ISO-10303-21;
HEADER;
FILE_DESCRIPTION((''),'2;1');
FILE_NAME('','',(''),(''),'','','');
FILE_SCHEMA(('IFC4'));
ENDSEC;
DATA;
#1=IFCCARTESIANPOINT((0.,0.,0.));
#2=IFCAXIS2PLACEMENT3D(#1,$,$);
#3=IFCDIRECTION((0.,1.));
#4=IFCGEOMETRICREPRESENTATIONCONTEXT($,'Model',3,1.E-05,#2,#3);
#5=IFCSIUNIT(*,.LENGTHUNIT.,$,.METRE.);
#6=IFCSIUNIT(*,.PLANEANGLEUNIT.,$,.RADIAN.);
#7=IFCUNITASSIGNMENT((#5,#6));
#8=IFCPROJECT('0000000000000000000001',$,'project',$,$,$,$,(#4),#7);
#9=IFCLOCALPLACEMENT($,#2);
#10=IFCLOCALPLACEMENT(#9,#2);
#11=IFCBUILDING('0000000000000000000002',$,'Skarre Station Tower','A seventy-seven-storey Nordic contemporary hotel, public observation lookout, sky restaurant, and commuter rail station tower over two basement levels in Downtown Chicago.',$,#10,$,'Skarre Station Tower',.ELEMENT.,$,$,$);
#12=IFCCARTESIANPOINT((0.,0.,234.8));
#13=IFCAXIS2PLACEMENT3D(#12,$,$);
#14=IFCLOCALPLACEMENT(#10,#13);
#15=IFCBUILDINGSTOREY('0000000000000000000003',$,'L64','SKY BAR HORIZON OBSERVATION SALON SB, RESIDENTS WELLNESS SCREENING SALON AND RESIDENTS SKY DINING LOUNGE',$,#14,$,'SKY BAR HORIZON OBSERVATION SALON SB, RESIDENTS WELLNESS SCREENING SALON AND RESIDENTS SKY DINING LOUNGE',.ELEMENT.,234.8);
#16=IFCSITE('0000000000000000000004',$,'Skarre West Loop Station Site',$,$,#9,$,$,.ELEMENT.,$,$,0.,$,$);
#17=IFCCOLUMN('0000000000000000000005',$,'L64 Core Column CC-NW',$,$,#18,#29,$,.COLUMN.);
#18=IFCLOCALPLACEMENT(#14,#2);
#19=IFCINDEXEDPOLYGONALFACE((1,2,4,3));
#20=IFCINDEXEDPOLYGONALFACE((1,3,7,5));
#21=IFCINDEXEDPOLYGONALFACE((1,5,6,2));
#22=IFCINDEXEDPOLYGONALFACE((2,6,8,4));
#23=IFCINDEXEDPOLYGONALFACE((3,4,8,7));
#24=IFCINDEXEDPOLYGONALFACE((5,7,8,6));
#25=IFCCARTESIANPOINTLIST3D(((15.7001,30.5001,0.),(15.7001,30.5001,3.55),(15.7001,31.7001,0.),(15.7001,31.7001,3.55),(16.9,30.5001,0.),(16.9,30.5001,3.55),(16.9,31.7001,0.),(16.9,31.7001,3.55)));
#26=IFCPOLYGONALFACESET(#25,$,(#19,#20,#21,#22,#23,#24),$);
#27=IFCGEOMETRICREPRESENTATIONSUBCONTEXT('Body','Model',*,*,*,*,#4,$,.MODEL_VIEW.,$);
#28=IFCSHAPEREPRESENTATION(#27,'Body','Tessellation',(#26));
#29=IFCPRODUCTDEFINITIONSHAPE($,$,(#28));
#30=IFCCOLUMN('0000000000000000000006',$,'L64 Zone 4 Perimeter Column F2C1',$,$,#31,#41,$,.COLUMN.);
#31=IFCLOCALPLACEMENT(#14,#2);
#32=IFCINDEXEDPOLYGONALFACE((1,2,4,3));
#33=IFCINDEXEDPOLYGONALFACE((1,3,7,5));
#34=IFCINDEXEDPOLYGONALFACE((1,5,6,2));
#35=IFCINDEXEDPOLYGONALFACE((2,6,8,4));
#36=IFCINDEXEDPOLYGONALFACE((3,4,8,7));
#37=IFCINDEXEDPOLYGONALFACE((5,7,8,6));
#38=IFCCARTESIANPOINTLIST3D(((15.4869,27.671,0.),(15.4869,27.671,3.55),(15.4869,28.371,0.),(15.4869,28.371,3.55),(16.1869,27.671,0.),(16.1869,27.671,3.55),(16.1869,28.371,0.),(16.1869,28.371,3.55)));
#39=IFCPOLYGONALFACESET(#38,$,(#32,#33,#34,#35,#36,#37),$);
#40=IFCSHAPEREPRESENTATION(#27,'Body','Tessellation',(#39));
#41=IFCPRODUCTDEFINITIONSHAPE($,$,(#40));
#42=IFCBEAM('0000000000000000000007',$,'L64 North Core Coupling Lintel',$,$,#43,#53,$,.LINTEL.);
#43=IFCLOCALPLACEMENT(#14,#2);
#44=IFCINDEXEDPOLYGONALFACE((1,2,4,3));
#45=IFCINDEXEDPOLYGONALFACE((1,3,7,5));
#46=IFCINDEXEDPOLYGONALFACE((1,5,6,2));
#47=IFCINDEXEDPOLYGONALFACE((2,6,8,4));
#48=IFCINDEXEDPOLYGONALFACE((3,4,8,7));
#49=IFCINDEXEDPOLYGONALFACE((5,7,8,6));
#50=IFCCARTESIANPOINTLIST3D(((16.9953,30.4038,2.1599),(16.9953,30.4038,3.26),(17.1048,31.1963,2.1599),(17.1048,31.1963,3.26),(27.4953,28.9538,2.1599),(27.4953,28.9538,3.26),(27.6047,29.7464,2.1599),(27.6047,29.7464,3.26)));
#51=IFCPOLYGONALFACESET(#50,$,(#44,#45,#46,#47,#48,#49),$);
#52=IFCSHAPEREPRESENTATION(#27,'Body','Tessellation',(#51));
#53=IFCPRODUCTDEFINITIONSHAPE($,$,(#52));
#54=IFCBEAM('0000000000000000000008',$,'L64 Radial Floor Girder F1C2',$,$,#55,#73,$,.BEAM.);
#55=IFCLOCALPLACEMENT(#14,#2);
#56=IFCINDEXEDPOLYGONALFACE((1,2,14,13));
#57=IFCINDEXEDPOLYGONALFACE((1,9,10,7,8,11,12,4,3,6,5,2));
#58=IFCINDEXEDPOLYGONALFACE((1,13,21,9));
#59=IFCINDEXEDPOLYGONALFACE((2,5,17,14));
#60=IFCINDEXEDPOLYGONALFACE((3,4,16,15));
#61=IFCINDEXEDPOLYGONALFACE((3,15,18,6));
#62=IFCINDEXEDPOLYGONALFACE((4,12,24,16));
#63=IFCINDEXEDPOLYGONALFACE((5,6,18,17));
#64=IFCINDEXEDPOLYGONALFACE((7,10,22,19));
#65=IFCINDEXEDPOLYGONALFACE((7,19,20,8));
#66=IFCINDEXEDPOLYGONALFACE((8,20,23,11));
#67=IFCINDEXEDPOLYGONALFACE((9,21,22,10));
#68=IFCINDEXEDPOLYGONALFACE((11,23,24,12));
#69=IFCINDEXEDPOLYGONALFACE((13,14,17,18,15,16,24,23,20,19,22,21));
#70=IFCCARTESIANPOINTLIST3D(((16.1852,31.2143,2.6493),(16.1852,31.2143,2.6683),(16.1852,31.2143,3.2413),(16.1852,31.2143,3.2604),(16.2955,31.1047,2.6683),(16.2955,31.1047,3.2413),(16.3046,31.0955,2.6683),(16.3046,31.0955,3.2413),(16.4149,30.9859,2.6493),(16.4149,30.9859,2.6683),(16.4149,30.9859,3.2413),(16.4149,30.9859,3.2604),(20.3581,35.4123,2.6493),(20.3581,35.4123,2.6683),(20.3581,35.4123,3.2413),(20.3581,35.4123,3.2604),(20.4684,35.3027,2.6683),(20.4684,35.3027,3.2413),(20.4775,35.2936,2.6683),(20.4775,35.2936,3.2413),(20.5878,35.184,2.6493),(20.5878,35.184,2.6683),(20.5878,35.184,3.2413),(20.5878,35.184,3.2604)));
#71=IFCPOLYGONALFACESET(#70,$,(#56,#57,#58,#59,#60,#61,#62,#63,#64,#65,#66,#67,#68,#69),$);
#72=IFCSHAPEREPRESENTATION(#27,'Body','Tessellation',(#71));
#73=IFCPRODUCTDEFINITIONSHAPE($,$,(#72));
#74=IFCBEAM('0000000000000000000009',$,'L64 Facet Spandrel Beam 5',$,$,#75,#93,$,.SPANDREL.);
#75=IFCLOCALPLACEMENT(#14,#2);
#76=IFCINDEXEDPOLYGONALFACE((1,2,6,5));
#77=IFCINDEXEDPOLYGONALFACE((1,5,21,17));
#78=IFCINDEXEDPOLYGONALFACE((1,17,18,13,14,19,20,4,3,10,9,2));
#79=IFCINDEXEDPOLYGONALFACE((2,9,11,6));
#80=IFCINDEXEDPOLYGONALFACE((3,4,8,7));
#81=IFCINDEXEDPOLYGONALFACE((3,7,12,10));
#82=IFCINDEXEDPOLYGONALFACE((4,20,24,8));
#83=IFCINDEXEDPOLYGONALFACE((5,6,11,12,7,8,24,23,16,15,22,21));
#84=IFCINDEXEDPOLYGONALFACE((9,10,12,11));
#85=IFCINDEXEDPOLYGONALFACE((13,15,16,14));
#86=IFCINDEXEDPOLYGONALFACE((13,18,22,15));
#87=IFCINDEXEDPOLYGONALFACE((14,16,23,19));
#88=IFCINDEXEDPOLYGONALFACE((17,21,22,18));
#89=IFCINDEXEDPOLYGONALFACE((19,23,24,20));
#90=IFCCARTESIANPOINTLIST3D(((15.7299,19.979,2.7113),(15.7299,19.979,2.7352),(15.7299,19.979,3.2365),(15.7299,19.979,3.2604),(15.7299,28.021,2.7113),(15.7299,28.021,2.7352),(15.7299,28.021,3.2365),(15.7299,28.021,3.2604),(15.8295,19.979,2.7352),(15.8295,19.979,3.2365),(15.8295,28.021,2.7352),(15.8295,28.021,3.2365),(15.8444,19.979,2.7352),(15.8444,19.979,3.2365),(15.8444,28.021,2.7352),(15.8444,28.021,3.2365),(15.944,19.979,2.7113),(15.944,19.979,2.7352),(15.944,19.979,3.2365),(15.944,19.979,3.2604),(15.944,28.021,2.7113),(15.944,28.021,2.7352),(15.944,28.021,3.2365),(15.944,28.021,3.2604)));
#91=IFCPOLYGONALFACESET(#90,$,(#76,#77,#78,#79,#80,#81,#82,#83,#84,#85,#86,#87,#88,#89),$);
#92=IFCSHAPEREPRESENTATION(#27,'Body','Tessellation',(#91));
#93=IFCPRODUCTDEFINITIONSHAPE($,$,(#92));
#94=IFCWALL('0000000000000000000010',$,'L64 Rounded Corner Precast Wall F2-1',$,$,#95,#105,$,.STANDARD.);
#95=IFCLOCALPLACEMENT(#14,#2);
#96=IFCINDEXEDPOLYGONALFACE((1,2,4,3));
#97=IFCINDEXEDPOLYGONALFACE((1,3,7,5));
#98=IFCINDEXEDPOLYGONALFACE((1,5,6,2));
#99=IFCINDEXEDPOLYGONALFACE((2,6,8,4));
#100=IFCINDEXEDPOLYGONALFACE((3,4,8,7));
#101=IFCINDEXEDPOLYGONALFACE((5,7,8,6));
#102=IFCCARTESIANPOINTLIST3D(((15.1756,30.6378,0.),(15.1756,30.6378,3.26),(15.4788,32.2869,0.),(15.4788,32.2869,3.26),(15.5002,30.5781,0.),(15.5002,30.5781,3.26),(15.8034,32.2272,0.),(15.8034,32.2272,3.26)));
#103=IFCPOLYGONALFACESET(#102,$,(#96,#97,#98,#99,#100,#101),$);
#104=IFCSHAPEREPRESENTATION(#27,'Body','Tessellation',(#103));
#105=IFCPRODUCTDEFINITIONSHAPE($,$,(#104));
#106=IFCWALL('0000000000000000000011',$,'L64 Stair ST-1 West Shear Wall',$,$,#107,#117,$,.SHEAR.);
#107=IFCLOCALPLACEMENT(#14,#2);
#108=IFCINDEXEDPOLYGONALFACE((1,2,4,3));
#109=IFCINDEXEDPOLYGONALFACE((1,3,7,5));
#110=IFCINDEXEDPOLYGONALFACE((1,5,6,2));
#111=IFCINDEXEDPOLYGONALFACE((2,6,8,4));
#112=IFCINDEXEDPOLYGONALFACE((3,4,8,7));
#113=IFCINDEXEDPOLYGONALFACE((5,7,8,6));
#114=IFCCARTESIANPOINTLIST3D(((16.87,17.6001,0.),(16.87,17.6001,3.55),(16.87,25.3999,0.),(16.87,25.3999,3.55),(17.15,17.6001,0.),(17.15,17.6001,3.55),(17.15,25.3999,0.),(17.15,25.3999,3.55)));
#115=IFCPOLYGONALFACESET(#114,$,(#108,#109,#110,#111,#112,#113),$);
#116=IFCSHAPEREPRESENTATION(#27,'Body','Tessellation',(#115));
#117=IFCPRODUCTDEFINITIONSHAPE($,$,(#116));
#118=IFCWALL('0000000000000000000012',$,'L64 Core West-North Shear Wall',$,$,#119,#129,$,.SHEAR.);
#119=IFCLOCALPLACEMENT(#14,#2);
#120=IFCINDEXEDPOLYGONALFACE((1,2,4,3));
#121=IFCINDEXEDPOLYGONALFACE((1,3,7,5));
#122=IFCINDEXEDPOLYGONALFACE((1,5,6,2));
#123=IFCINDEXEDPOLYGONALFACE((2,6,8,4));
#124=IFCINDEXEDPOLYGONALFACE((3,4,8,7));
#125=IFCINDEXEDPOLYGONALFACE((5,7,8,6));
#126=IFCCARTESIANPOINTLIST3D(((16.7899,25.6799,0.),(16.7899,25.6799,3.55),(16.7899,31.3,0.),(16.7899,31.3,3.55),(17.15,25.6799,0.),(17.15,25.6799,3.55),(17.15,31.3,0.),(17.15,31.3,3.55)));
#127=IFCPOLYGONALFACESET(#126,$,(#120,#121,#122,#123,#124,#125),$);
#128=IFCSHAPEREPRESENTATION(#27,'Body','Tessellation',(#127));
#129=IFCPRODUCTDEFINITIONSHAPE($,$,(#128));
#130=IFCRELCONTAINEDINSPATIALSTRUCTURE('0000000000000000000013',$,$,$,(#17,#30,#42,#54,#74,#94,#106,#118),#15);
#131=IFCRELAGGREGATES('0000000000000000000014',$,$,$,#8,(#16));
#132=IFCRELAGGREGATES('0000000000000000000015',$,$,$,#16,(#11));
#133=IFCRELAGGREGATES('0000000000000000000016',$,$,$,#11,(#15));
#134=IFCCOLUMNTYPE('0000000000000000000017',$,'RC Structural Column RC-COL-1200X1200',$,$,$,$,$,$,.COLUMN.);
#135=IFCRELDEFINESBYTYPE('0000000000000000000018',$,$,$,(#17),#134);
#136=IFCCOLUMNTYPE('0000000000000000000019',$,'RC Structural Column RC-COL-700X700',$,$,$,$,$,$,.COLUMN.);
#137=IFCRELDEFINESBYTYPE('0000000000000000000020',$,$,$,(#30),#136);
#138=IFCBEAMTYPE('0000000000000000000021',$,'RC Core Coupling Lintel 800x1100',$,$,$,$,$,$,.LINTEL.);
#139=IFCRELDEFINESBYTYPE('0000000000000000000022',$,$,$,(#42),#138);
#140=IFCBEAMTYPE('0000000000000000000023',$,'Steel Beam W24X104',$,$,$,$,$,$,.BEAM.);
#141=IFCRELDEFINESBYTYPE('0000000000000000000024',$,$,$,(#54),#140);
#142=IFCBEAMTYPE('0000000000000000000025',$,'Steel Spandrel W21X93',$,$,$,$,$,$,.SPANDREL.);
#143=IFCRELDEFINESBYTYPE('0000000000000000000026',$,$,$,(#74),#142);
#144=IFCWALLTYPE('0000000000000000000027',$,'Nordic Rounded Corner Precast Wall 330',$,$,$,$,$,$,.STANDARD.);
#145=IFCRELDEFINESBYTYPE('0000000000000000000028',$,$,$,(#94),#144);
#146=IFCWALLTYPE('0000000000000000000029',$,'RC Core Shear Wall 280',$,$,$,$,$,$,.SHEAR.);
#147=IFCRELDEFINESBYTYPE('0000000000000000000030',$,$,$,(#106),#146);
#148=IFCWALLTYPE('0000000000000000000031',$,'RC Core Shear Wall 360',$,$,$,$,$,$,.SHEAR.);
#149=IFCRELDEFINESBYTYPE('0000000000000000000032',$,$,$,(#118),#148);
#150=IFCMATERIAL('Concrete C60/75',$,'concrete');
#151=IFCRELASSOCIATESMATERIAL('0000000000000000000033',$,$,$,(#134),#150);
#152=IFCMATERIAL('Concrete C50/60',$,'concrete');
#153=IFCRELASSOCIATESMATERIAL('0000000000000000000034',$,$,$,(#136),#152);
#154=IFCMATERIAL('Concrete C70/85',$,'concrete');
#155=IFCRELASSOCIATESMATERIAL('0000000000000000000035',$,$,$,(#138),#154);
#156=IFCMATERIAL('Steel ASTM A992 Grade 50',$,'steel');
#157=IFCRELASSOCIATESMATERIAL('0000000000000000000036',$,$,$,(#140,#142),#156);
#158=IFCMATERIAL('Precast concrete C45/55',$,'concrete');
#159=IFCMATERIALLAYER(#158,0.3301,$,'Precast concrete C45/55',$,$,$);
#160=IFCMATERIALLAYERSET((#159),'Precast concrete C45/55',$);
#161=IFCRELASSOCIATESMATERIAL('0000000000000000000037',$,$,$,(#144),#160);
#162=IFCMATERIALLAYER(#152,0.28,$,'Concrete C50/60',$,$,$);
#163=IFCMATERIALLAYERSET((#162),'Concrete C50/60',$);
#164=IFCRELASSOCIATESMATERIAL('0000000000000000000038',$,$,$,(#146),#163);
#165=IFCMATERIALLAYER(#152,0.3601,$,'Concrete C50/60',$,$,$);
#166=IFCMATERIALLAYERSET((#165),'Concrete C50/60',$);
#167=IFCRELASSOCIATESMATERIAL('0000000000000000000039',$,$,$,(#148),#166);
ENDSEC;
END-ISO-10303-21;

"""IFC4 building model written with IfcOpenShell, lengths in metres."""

from ifc_helpers import new_model, si_unit, direction, frame, frame_2d, origin, origin_2d, place, context, subcontext, project, spatial, rectangle, i_section, extrude, material, layer, layer_set, material_profile, profile_set, type_object, element, save


model = new_model("IFC4")

# Units and contexts
model_context = context("Model", 3, precision=1e-05, world=origin(), true_north=direction((0.0, 1.0)))
body_context = subcontext(model_context, "Body", "Model", "MODEL_VIEW")
ifc_project = project(units=[si_unit("LENGTHUNIT", "METRE"), si_unit("PLANEANGLEUNIT", "RADIAN")], contexts=[model_context])

# Site, building, storey
site_placement = place(None, origin())
site = spatial("IfcSite", under=ifc_project, at=site_placement, Name="Skarre West Loop Station Site", CompositionType="ELEMENT", RefElevation=0.0)
building_placement = place(site_placement, origin())
building = spatial("IfcBuilding", under=site, at=building_placement, Name="Skarre Station Tower", Description="A seventy-seven-storey Nordic contemporary hotel, public observation lookout, sky restaurant, and commuter rail station tower over two basement levels in Downtown Chicago.", LongName="Skarre Station Tower", CompositionType="ELEMENT")
storey_placement = place(building_placement, frame((0.0, 0.0, 234.8)))
storey = spatial("IfcBuildingStorey", under=building, at=storey_placement, Name="L64", Description="SKY BAR HORIZON OBSERVATION SALON SB, RESIDENTS WELLNESS SCREENING SALON AND RESIDENTS SKY DINING LOUNGE", LongName="SKY BAR HORIZON OBSERVATION SALON SB, RESIDENTS WELLNESS SCREENING SALON AND RESIDENTS SKY DINING LOUNGE", CompositionType="ELEMENT", Elevation=234.8)

# Columns
ifc_material_1 = material(Name="Concrete C60/75", Category="concrete")
ifc_material_profile_1 = material_profile(ifc_material_1, rectangle(XDim=1.2, YDim=1.2, at=origin_2d()), Name="Concrete C60/75")
ifc_profile_set_1 = profile_set([ifc_material_profile_1], Name="Concrete C60/75")
column_type_1 = type_object("IfcColumnType", Name="RC Structural Column RC-COL-1200X1200", PredefinedType="COLUMN", material=ifc_profile_set_1)
column_1_placement = place(storey_placement, frame((16.3, 31.1001, 0.0), z_axis=(0.0, 0.0, 1.0), x_axis=(1.0, 0.0, 0.0)))
element("IfcColumn", 1, at=column_1_placement, inside=storey, type_object=column_type_1, Name="L64 Core Column CC-NW", PredefinedType="COLUMN", context=body_context, shape_type="SweptSolid", body=[
    extrude(rectangle(XDim=1.2, YDim=1.2, at=origin_2d()), origin(), (0.0, 0.0, 1.0), 3.55),
])
ifc_material_2 = material(Name="Concrete C50/60", Category="concrete")
ifc_material_profile_2 = material_profile(ifc_material_2, rectangle(XDim=0.7, YDim=0.7, at=origin_2d()), Name="Concrete C50/60")
ifc_profile_set_2 = profile_set([ifc_material_profile_2], Name="Concrete C50/60")
column_type_2 = type_object("IfcColumnType", Name="RC Structural Column RC-COL-700X700", PredefinedType="COLUMN", material=ifc_profile_set_2)
column_2_placement = place(storey_placement, frame((15.8369, 28.021, 0.0), z_axis=(0.0, 0.0, 1.0), x_axis=(1.0, 0.0, 0.0)))
element("IfcColumn", 2, at=column_2_placement, inside=storey, type_object=column_type_2, Name="L64 Zone 4 Perimeter Column F2C1", PredefinedType="COLUMN", context=body_context, shape_type="SweptSolid", body=[
    extrude(rectangle(XDim=0.7, YDim=0.7, at=origin_2d()), origin(), (0.0, 0.0, 1.0), 3.55),
])

# Beams
ifc_material_3 = material(Name="Concrete C70/85", Category="concrete")
ifc_material_profile_3 = material_profile(ifc_material_3, rectangle(XDim=0.8, YDim=1.1001, at=origin_2d()), Name="Concrete C70/85")
ifc_profile_set_3 = profile_set([ifc_material_profile_3], Name="Concrete C70/85")
beam_type_1 = type_object("IfcBeamType", Name="RC Core Coupling Lintel 800x1100", PredefinedType="LINTEL", material=ifc_profile_set_3)
beam_1_placement = place(storey_placement, frame((17.05, 30.8, 2.71), z_axis=(0.9906, -0.136792, 0.0), x_axis=(0.136792, 0.9906, 0.0)))
element("IfcBeam", 3, at=beam_1_placement, inside=storey, type_object=beam_type_1, Name="L64 North Core Coupling Lintel", PredefinedType="LINTEL", context=body_context, shape_type="SweptSolid", body=[
    extrude(rectangle(XDim=0.8, YDim=1.1001, at=origin_2d()), origin(), (0.0, 0.0, 1.0), 10.5996),
])
ifc_material_4 = material(Name="Steel ASTM A992 Grade 50", Category="steel")
ifc_material_profile_4 = material_profile(ifc_material_4, i_section(OverallWidth=0.324, OverallDepth=0.6111, WebThickness=0.0129, FlangeThickness=0.019, at=origin_2d()), Name="Steel ASTM A992 Grade 50")
ifc_profile_set_4 = profile_set([ifc_material_profile_4], Name="Steel ASTM A992 Grade 50")
beam_type_2 = type_object("IfcBeamType", Name="Steel Beam W24X104", PredefinedType="BEAM", material=ifc_profile_set_4)
beam_2_placement = place(storey_placement, frame((16.3, 31.1001, 2.9548), z_axis=(0.704979, 0.709228, 0.0), x_axis=(-0.709228, 0.704979, 0.0)))
element("IfcBeam", 4, at=beam_2_placement, inside=storey, type_object=beam_type_2, Name="L64 Radial Floor Girder F1C2", PredefinedType="BEAM", context=body_context, shape_type="SweptSolid", body=[
    extrude(i_section(OverallWidth=0.324, OverallDepth=0.6111, WebThickness=0.0129, FlangeThickness=0.019, at=origin_2d()), origin(), (0.0, 0.0, 1.0), 5.9192),
])
ifc_material_profile_5 = material_profile(ifc_material_4, i_section(OverallWidth=0.2141, OverallDepth=0.5491, WebThickness=0.0149, FlangeThickness=0.0239, at=origin_2d()), Name="Steel ASTM A992 Grade 50")
ifc_profile_set_5 = profile_set([ifc_material_profile_5], Name="Steel ASTM A992 Grade 50")
beam_type_3 = type_object("IfcBeamType", Name="Steel Spandrel W21X93", PredefinedType="SPANDREL", material=ifc_profile_set_5)
beam_3_placement = place(storey_placement, frame((15.8369, 28.021, 2.9858), z_axis=(0.0, -1.0, 0.0), x_axis=(1.0, 0.0, 0.0)))
element("IfcBeam", 5, at=beam_3_placement, inside=storey, type_object=beam_type_3, Name="L64 Facet Spandrel Beam 5", PredefinedType="SPANDREL", context=body_context, shape_type="SweptSolid", body=[
    extrude(i_section(OverallWidth=0.2141, OverallDepth=0.5491, WebThickness=0.0149, FlangeThickness=0.0239, at=origin_2d()), origin(), (0.0, 0.0, 1.0), 8.042),
])

# Walls
ifc_material_5 = material(Name="Precast concrete C45/55", Category="concrete")
ifc_layer_1 = layer(ifc_material_5, 0.3301, Name="Precast concrete C45/55")
ifc_layer_set_1 = layer_set([ifc_layer_1], Name="Precast concrete C45/55")
wall_type_1 = type_object("IfcWallType", Name="Nordic Rounded Corner Precast Wall 330", PredefinedType="STANDARD", material=ifc_layer_set_1)
wall_1_placement = place(storey_placement, frame((15.3379, 30.6079, 0.0), z_axis=(0.0, 0.0, 1.0), x_axis=(0.180833, 0.983514, 0.0)))
element("IfcWall", 6, at=wall_1_placement, inside=storey, type_object=wall_type_1, Name="L64 Rounded Corner Precast Wall F2-1", PredefinedType="STANDARD", context=body_context, shape_type="SweptSolid", body=[
    extrude(rectangle(XDim=1.6768, YDim=0.3301, at=frame_2d((0.8384, 0.0))), origin(), (0.0, 0.0, 1.0), 3.26),
])
ifc_layer_2 = layer(ifc_material_2, 0.28, Name="Concrete C50/60")
ifc_layer_set_2 = layer_set([ifc_layer_2], Name="Concrete C50/60")
wall_type_2 = type_object("IfcWallType", Name="RC Core Shear Wall 280", PredefinedType="SHEAR", material=ifc_layer_set_2)
wall_2_placement = place(storey_placement, frame((17.01, 25.3999, 0.0), z_axis=(0.0, 0.0, 1.0), x_axis=(0.0, -1.0, 0.0)))
element("IfcWall", 7, at=wall_2_placement, inside=storey, type_object=wall_type_2, Name="L64 Stair ST-1 West Shear Wall", PredefinedType="SHEAR", context=body_context, shape_type="SweptSolid", body=[
    extrude(rectangle(XDim=7.7998, YDim=0.28, at=frame_2d((3.8999, 0.0))), origin(), (0.0, 0.0, 1.0), 3.55),
])
ifc_layer_3 = layer(ifc_material_2, 0.3601, Name="Concrete C50/60")
ifc_layer_set_3 = layer_set([ifc_layer_3], Name="Concrete C50/60")
wall_type_3 = type_object("IfcWallType", Name="RC Core Shear Wall 360", PredefinedType="SHEAR", material=ifc_layer_set_3)
wall_3_placement = place(storey_placement, frame((16.97, 25.6799, 0.0), z_axis=(0.0, 0.0, 1.0), x_axis=(0.0, 1.0, 0.0)))
element("IfcWall", 8, at=wall_3_placement, inside=storey, type_object=wall_type_3, Name="L64 Core West-North Shear Wall", PredefinedType="SHEAR", context=body_context, shape_type="SweptSolid", body=[
    extrude(rectangle(XDim=5.6201, YDim=0.3601, at=frame_2d((2.8101, 0.0))), origin(), (0.0, 0.0, 1.0), 3.55),
])

save(model, "model.ifc")
